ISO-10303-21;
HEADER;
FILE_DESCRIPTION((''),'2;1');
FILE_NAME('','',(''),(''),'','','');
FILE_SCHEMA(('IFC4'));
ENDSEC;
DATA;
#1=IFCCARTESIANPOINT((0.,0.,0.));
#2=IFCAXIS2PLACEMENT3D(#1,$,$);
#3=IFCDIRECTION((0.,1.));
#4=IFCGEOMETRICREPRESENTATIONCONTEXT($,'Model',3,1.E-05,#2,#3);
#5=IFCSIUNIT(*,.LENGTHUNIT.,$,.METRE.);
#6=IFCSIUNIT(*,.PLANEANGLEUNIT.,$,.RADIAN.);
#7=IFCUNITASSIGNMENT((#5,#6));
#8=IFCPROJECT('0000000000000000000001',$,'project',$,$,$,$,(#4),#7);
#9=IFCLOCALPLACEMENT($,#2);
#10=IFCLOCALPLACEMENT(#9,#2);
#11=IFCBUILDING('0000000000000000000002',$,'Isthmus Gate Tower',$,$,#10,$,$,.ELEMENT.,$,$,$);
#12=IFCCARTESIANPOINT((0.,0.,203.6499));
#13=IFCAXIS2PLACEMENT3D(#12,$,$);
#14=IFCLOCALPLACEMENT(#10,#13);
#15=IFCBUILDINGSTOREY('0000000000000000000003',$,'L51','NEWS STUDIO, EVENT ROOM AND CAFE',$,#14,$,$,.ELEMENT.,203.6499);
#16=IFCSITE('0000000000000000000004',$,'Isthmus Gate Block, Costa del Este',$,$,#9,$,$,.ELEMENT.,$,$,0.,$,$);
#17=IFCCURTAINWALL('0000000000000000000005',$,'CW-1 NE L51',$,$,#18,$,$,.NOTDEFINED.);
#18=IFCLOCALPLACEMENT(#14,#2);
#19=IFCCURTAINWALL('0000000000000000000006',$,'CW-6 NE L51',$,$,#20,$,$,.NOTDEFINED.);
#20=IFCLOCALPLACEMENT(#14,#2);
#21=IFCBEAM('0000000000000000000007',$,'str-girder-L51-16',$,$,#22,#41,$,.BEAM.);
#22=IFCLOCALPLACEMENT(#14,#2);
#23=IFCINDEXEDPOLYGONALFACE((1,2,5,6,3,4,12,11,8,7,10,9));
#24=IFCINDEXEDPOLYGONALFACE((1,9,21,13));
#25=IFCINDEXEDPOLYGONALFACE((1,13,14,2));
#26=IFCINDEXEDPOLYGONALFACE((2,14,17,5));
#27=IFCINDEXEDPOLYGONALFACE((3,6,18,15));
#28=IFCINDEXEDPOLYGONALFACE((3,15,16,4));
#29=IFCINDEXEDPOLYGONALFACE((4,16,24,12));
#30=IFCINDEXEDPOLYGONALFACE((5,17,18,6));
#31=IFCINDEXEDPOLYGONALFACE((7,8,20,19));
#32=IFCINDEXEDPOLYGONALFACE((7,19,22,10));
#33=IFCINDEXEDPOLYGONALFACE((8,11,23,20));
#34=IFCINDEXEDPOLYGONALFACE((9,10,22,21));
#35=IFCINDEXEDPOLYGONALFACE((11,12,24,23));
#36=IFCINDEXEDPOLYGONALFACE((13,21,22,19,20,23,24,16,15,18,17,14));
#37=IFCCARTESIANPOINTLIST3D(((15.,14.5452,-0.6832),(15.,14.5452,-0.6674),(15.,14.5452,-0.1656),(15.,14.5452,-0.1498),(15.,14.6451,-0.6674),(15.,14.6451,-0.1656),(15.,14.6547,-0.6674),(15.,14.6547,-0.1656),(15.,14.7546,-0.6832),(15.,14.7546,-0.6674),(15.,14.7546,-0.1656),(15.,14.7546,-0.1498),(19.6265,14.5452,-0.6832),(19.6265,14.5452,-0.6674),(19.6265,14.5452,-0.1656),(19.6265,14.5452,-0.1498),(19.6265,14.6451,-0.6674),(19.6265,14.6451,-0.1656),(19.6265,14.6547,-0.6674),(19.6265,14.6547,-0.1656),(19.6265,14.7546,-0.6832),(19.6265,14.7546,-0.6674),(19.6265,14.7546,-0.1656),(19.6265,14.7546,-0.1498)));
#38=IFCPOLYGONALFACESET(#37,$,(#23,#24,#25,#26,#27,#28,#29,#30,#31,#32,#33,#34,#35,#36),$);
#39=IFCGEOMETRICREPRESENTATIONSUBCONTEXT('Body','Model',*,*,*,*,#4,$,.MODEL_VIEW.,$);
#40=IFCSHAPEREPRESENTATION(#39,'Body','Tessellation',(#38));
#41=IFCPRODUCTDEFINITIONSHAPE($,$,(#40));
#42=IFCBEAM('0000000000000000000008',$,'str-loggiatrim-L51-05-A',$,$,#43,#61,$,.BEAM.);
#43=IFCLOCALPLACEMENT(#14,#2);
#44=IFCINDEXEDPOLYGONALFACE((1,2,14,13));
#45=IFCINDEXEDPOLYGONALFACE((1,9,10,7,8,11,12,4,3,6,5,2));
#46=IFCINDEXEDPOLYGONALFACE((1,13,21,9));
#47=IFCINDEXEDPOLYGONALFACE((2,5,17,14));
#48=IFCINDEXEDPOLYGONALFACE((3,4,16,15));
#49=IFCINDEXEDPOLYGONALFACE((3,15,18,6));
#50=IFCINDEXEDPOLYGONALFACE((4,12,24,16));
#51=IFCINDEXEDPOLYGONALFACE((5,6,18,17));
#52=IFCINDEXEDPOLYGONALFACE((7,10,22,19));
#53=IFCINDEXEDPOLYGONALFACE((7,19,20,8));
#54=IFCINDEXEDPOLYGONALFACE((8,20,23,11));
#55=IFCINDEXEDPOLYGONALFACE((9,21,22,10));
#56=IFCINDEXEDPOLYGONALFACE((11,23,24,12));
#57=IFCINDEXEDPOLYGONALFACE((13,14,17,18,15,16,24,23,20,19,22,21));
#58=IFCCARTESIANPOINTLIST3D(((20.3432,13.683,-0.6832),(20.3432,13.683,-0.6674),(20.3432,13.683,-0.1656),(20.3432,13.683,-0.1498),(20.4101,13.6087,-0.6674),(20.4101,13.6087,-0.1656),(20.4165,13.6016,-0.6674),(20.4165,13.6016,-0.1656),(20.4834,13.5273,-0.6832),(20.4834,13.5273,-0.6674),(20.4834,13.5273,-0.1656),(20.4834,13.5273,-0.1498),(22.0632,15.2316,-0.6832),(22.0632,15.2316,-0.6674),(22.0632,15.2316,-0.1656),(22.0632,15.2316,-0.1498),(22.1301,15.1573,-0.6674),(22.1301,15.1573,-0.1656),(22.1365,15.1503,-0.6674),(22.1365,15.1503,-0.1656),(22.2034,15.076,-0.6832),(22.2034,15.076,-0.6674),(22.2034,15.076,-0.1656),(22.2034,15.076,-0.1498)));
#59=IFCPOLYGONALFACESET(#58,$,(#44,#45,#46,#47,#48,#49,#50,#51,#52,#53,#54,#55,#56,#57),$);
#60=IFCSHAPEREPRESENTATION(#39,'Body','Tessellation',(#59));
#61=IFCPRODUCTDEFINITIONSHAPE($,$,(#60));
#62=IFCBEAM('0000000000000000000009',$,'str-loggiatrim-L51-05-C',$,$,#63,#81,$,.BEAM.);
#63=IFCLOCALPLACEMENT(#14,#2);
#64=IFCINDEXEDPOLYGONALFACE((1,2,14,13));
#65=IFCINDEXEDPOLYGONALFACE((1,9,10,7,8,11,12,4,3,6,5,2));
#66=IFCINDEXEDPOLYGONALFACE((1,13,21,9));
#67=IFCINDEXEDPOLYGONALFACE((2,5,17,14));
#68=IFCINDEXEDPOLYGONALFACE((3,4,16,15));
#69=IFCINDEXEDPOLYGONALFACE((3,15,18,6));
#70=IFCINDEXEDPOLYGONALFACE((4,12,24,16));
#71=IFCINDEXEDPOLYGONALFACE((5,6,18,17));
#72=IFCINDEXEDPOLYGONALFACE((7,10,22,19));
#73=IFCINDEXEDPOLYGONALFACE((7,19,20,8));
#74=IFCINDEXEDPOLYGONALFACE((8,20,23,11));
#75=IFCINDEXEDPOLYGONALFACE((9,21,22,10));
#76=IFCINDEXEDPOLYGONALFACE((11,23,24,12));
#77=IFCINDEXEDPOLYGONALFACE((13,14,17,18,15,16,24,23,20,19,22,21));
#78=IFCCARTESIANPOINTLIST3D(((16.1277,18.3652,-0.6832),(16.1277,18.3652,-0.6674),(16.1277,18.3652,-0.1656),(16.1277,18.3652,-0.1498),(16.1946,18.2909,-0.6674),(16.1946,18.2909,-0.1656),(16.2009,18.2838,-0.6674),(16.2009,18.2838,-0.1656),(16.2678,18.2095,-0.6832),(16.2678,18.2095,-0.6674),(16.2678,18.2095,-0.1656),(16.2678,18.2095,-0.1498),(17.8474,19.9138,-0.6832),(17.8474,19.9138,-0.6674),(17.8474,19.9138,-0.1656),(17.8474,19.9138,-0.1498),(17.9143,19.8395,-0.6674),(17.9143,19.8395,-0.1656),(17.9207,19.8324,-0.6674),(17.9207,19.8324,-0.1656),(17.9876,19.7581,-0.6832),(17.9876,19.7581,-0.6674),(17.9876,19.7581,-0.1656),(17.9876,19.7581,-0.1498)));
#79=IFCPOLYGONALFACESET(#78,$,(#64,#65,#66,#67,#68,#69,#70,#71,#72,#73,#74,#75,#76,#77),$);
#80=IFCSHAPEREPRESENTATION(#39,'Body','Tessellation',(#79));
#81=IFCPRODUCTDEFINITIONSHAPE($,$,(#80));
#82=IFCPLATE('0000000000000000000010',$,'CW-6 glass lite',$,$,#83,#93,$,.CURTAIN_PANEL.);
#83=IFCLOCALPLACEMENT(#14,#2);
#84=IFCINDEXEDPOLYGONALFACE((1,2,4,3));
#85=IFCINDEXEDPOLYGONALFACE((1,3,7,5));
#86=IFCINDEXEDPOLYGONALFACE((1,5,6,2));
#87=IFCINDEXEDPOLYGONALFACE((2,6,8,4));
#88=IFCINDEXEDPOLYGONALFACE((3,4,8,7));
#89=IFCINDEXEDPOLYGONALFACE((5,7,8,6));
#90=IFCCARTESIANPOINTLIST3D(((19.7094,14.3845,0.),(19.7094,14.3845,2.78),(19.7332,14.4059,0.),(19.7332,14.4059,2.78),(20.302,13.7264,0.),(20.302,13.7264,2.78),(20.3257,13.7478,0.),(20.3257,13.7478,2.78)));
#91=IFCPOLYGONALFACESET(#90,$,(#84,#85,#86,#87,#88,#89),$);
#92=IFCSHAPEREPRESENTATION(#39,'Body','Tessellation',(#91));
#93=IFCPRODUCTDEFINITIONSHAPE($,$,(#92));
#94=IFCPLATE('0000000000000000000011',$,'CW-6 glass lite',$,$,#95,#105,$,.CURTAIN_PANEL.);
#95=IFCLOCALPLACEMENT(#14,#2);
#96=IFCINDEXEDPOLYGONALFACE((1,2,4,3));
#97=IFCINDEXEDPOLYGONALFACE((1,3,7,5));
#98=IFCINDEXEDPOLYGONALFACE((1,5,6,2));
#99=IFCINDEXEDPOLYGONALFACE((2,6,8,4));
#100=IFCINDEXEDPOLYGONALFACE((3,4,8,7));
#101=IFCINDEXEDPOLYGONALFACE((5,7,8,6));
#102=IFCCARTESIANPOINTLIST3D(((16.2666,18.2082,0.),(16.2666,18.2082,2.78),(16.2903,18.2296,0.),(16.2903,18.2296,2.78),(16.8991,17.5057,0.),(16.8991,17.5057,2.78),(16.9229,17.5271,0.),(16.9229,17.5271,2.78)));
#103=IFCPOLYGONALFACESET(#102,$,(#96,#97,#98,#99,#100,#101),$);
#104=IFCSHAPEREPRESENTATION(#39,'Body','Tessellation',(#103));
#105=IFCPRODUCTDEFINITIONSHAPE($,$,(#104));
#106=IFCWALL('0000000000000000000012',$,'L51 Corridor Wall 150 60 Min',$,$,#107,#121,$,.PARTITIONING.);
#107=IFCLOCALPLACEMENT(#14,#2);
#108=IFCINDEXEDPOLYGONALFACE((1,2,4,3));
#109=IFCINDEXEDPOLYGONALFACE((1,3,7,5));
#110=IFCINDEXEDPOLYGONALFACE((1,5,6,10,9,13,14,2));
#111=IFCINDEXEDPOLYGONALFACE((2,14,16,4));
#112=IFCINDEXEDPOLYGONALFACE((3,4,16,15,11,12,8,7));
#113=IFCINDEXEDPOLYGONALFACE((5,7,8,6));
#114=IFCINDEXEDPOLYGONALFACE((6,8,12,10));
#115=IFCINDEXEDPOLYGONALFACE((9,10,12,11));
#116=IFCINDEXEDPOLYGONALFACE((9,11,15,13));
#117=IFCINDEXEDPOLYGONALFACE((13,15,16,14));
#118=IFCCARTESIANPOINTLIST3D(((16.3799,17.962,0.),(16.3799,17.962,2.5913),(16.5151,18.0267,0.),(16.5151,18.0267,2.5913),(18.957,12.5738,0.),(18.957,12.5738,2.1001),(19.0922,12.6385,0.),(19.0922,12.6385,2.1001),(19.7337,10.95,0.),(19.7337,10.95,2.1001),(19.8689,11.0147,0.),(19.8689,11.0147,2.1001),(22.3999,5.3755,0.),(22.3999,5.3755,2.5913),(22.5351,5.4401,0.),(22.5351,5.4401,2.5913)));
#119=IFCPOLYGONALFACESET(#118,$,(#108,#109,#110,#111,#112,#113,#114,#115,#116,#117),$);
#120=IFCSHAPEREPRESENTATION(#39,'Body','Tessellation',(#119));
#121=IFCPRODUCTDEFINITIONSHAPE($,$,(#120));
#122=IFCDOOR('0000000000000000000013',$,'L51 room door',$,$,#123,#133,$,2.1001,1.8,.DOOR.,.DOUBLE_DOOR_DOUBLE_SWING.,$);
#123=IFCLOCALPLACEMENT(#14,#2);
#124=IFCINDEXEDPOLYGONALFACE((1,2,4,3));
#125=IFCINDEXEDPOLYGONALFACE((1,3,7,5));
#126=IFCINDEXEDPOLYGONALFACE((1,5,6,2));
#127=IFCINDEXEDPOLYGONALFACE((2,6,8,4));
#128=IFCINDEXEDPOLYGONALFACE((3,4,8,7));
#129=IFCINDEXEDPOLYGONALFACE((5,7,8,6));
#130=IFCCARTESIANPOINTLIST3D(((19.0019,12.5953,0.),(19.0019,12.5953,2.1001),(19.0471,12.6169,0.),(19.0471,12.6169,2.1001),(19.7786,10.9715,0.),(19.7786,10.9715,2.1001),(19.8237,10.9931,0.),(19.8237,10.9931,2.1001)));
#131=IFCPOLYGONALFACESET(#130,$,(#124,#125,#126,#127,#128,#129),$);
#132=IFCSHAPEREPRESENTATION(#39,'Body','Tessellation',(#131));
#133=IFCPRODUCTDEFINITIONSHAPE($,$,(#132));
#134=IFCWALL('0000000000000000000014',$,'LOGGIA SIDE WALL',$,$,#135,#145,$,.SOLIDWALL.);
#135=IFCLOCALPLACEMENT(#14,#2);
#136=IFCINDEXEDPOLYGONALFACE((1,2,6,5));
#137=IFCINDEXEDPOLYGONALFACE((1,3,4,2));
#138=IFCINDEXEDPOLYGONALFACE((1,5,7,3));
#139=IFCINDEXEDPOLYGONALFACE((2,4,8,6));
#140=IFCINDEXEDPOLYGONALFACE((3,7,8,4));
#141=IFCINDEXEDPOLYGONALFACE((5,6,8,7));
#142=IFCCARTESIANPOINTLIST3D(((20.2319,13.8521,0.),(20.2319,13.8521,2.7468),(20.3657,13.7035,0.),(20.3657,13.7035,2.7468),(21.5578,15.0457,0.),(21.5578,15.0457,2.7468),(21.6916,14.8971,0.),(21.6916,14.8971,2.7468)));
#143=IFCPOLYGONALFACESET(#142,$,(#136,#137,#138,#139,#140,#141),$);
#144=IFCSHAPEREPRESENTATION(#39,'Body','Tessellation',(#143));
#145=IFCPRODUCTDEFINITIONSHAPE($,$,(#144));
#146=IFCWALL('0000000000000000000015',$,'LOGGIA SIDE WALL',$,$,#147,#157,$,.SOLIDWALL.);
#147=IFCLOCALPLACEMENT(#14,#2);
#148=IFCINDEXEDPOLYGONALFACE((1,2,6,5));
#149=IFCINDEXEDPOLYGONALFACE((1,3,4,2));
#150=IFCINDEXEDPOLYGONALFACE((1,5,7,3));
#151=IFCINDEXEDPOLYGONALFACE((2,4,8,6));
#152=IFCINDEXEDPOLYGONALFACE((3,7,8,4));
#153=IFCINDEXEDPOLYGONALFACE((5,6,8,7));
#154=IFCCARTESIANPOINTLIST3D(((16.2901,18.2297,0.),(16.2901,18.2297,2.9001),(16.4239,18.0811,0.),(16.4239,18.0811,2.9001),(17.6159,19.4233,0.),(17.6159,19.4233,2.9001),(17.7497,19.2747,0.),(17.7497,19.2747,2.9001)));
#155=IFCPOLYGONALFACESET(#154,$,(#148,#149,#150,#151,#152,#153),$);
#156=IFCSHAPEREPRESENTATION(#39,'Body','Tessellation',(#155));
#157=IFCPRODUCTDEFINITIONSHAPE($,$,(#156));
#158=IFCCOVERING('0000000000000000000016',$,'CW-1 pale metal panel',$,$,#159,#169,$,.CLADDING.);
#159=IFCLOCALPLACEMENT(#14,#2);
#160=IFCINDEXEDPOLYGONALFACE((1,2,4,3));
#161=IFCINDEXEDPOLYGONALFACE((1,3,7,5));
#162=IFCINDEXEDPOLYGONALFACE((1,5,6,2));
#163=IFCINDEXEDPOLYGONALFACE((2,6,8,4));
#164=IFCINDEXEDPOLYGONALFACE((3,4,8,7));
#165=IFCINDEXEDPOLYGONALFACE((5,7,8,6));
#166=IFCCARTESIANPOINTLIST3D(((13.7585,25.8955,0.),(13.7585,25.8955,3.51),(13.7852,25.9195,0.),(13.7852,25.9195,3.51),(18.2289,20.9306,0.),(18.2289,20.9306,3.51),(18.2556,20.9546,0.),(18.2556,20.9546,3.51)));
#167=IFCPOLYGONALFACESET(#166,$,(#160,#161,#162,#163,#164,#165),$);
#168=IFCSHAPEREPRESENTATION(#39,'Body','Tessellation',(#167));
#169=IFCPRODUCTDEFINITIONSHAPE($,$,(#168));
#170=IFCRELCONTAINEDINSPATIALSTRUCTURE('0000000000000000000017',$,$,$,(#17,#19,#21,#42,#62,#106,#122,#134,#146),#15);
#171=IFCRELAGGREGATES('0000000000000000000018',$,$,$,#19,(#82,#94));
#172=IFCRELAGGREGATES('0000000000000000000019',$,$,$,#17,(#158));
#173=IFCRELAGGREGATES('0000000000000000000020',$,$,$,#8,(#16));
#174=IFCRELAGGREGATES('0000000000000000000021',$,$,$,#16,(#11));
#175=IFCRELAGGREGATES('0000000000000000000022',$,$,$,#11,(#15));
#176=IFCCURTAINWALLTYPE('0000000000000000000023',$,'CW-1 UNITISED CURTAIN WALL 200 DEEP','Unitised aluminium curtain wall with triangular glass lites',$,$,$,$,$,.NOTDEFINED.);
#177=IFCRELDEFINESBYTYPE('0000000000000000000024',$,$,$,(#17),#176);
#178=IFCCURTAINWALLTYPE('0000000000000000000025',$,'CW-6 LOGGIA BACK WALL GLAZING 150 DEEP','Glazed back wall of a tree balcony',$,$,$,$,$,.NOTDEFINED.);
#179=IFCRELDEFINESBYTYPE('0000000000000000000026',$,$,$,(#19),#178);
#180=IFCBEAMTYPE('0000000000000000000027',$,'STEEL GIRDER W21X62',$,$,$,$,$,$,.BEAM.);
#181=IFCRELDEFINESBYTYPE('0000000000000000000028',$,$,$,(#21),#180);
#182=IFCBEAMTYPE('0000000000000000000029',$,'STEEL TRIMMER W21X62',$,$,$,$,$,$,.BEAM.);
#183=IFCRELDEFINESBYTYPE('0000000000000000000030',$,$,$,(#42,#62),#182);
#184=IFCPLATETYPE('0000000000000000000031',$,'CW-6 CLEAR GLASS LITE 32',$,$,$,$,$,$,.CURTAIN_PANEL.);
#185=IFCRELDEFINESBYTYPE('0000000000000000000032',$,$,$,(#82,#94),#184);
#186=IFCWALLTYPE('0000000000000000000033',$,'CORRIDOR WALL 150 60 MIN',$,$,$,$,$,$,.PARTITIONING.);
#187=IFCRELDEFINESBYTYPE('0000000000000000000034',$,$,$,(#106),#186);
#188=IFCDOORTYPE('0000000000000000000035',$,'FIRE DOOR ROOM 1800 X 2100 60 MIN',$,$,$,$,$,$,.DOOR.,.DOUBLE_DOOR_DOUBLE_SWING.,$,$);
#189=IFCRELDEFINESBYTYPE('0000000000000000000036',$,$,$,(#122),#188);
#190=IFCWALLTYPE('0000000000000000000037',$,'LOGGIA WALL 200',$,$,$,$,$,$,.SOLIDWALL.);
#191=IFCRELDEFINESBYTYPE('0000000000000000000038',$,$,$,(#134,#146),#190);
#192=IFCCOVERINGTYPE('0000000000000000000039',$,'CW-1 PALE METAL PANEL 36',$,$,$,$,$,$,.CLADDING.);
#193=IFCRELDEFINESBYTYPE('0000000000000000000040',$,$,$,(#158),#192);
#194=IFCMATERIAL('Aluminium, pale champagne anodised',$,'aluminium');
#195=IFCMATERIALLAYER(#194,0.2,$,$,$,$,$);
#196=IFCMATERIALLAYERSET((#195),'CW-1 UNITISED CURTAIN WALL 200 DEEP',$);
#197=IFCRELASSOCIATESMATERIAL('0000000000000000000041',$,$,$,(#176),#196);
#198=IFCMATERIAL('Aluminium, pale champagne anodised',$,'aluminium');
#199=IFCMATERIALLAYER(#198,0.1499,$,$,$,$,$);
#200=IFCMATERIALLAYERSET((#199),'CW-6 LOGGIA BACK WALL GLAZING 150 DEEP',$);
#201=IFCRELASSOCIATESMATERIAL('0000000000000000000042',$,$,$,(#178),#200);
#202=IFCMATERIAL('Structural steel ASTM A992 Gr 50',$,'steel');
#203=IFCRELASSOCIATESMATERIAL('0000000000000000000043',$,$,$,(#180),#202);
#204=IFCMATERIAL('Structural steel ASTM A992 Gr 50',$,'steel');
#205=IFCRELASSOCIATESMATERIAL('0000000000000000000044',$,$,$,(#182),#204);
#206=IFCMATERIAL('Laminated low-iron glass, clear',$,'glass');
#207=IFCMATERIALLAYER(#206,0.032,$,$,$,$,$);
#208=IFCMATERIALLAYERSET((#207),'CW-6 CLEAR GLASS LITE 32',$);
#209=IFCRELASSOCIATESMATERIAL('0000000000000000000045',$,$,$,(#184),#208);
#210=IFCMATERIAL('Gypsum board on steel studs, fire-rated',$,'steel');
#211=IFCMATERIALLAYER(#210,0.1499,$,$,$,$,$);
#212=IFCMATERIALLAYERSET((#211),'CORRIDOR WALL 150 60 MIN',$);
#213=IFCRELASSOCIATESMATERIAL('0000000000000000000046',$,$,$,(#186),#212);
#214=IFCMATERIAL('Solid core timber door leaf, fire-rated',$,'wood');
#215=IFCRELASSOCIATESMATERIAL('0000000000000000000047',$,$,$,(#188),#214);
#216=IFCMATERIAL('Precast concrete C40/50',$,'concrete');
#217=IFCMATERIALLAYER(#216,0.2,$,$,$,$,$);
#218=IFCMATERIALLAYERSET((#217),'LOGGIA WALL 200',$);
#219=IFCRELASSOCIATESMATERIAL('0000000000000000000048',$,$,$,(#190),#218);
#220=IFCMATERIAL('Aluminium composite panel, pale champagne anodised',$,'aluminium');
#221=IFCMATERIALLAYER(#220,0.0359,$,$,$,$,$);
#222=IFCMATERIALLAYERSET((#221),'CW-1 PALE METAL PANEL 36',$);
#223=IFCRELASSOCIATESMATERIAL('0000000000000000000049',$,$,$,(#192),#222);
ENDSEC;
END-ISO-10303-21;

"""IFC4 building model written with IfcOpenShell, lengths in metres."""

from ifc_helpers import new_model, si_unit, direction, frame, frame_2d, origin, origin_2d, place, context, subcontext, project, spatial, rectangle, i_section, extrude, material, layer, layer_set, material_profile, profile_set, type_object, element, fill, aggregate, save


model = new_model("IFC4")

# Units and contexts
model_context = context("Model", 3, precision=1e-05, world=origin(), true_north=direction((0.0, 1.0)))
body_context = subcontext(model_context, "Body", "Model", "MODEL_VIEW")
ifc_project = project(units=[si_unit("LENGTHUNIT", "METRE"), si_unit("PLANEANGLEUNIT", "RADIAN")], contexts=[model_context])

# Site, building, storey
site_placement = place(None, origin())
site = spatial("IfcSite", under=ifc_project, at=site_placement, Name="Isthmus Gate Block, Costa del Este", CompositionType="ELEMENT", RefElevation=0.0)
building_placement = place(site_placement, origin())
building = spatial("IfcBuilding", under=site, at=building_placement, Name="Isthmus Gate Tower", CompositionType="ELEMENT")
storey_placement = place(building_placement, frame((0.0, 0.0, 203.6499)))
storey = spatial("IfcBuildingStorey", under=building, at=storey_placement, Name="L51", Description="NEWS STUDIO, EVENT ROOM AND CAFE", CompositionType="ELEMENT", Elevation=203.6499)

# Curtain walls
ifc_material_1 = material(Name="Aluminium, pale champagne anodised", Category="aluminium")
ifc_layer_1 = layer(ifc_material_1, 0.2)
ifc_layer_set_1 = layer_set([ifc_layer_1], Name="CW-1 UNITISED CURTAIN WALL 200 DEEP")
curtain_wall_type_1 = type_object("IfcCurtainWallType", Name="CW-1 UNITISED CURTAIN WALL 200 DEEP", Description="Unitised aluminium curtain wall with triangular glass lites", PredefinedType="NOTDEFINED", material=ifc_layer_set_1)
curtain_wall_1_placement = place(storey_placement, origin())
curtain_wall_1 = element("IfcCurtainWall", 1, at=curtain_wall_1_placement, inside=storey, type_object=curtain_wall_type_1, Name="CW-1 NE L51", PredefinedType="NOTDEFINED")
ifc_material_2 = material(Name="Aluminium, pale champagne anodised", Category="aluminium")
ifc_layer_2 = layer(ifc_material_2, 0.1499)
ifc_layer_set_2 = layer_set([ifc_layer_2], Name="CW-6 LOGGIA BACK WALL GLAZING 150 DEEP")
curtain_wall_type_2 = type_object("IfcCurtainWallType", Name="CW-6 LOGGIA BACK WALL GLAZING 150 DEEP", Description="Glazed back wall of a tree balcony", PredefinedType="NOTDEFINED", material=ifc_layer_set_2)
curtain_wall_2_placement = place(storey_placement, origin())
curtain_wall_2 = element("IfcCurtainWall", 2, at=curtain_wall_2_placement, inside=storey, type_object=curtain_wall_type_2, Name="CW-6 NE L51", PredefinedType="NOTDEFINED")

# Beams
ifc_material_3 = material(Name="Structural steel ASTM A992 Gr 50", Category="steel")
ifc_material_profile_1 = material_profile(ifc_material_3, i_section(OverallWidth=0.2095, OverallDepth=0.5334, WebThickness=0.0095, FlangeThickness=0.0159, at=origin_2d()), Name="W21X62")
ifc_profile_set_1 = profile_set([ifc_material_profile_1], Name="Structural steel ASTM A992 Gr 50")
beam_type_1 = type_object("IfcBeamType", Name="STEEL GIRDER W21X62", PredefinedType="BEAM", material=ifc_profile_set_1)
beam_1_placement = place(storey_placement, frame((15.0, 14.6499, -0.4165), z_axis=(1.0, 0.0, 0.0), x_axis=(0.0, 1.0, 0.0)))
element("IfcBeam", 3, at=beam_1_placement, inside=storey, type_object=beam_type_1, Name="str-girder-L51-16", PredefinedType="BEAM", context=body_context, shape_type="SweptSolid", body=[
    extrude(i_section(OverallWidth=0.2095, OverallDepth=0.5334, WebThickness=0.0095, FlangeThickness=0.0159, at=origin_2d()), origin(), (0.0, 0.0, 1.0), 4.6265),
])
ifc_material_4 = material(Name="Structural steel ASTM A992 Gr 50", Category="steel")
ifc_material_profile_2 = material_profile(ifc_material_4, i_section(OverallWidth=0.2095, OverallDepth=0.5334, WebThickness=0.0095, FlangeThickness=0.0159, at=origin_2d()), Name="W21X62")
ifc_profile_set_2 = profile_set([ifc_material_profile_2], Name="Structural steel ASTM A992 Gr 50")
beam_type_2 = type_object("IfcBeamType", Name="STEEL TRIMMER W21X62", PredefinedType="BEAM", material=ifc_profile_set_2)
beam_2_placement = place(storey_placement, frame((22.1333, 15.1538, -0.4165), z_axis=(-0.743163, -0.66911, 0.0), x_axis=(0.66911, -0.743163, 0.0)))
element("IfcBeam", 4, at=beam_2_placement, inside=storey, type_object=beam_type_2, Name="str-loggiatrim-L51-05-A", PredefinedType="BEAM", context=body_context, shape_type="SweptSolid", body=[
    extrude(i_section(OverallWidth=0.2095, OverallDepth=0.5334, WebThickness=0.0095, FlangeThickness=0.0159, at=origin_2d()), origin(), (0.0, 0.0, 1.0), 2.3145),
])
beam_3_placement = place(storey_placement, frame((17.9175, 19.8359, -0.4165), z_axis=(-0.743116, -0.669163, 0.0), x_axis=(0.669163, -0.743116, 0.0)))
element("IfcBeam", 5, at=beam_3_placement, inside=storey, type_object=beam_type_2, Name="str-loggiatrim-L51-05-C", PredefinedType="BEAM", context=body_context, shape_type="SweptSolid", body=[
    extrude(i_section(OverallWidth=0.2095, OverallDepth=0.5334, WebThickness=0.0095, FlangeThickness=0.0159, at=origin_2d()), origin(), (0.0, 0.0, 1.0), 2.3142),
])

# Plates
ifc_material_5 = material(Name="Laminated low-iron glass, clear", Category="glass")
ifc_layer_3 = layer(ifc_material_5, 0.032)
ifc_layer_set_3 = layer_set([ifc_layer_3], Name="CW-6 CLEAR GLASS LITE 32")
plate_type = type_object("IfcPlateType", Name="CW-6 CLEAR GLASS LITE 32", PredefinedType="CURTAIN_PANEL", material=ifc_layer_set_3)
plate_1_placement = place(storey_placement, frame((20.0176, 14.0662, 0.0), z_axis=(0.0, 0.0, 1.0), x_axis=(-0.669131, 0.743145, 0.0)))
plate_1 = element("IfcPlate", 6, at=plate_1_placement, type_object=plate_type, Name="CW-6 glass lite", PredefinedType="CURTAIN_PANEL", context=body_context, shape_type="SweptSolid", body=[
    extrude(rectangle(XDim=0.8855, YDim=0.032, at=origin_2d()), origin(), (0.0, 0.0, 1.0), 2.78),
])
plate_2_placement = place(storey_placement, frame((16.5947, 17.8677, 0.0), z_axis=(0.0, 0.0, 1.0), x_axis=(-0.669131, 0.743145, 0.0)))
plate_2 = element("IfcPlate", 7, at=plate_2_placement, type_object=plate_type, Name="CW-6 glass lite", PredefinedType="CURTAIN_PANEL", context=body_context, shape_type="SweptSolid", body=[
    extrude(rectangle(XDim=0.9453, YDim=0.032, at=origin_2d()), origin(), (0.0, 0.0, 1.0), 2.78),
])
aggregate(curtain_wall_2, [plate_1, plate_2])

# Wall, opening, door
ifc_material_6 = material(Name="Gypsum board on steel studs, fire-rated", Category="steel")
ifc_layer_4 = layer(ifc_material_6, 0.1499)
ifc_layer_set_4 = layer_set([ifc_layer_4], Name="CORRIDOR WALL 150 60 MIN")
wall_type_1 = type_object("IfcWallType", Name="CORRIDOR WALL 150 60 MIN", PredefinedType="PARTITIONING", material=ifc_layer_set_4)
wall_1_placement = place(storey_placement, frame((16.4475, 17.9944, 0.0), z_axis=(0.0, 0.0, 1.0), x_axis=(0.431473, -0.902126, 0.0)))
wall_1 = element("IfcWall", 8, at=wall_1_placement, inside=storey, type_object=wall_type_1, Name="L51 Corridor Wall 150 60 Min", PredefinedType="PARTITIONING", context=body_context, shape_type="SweptSolid", body=[
    extrude(rectangle(XDim=13.9521, YDim=0.1499, at=frame_2d((6.9761, 0.0))), origin(), (0.0, 0.0, 1.0), 2.5913),
])
opening_1_placement = place(wall_1_placement, frame((5.9729, 0.0, 0.0)))
opening_1 = element("IfcOpeningElement", 9, at=opening_1_placement, cuts=wall_1, PredefinedType="OPENING", context=body_context, shape_type="SweptSolid", body=[
    extrude(rectangle(XDim=1.8, YDim=2.1001, at=frame_2d((0.8999, 1.05))), frame((0.0, 0.085, 0.0), z_axis=(0.0, -1.0, 0.0), x_axis=(1.0, 0.0, 0.0)), (0.0, 0.0, 1.0), 0.1699),
])
ifc_material_7 = material(Name="Solid core timber door leaf, fire-rated", Category="wood")
door_type_1 = type_object("IfcDoorType", Name="FIRE DOOR ROOM 1800 X 2100 60 MIN", OperationType="DOUBLE_DOOR_DOUBLE_SWING", PredefinedType="DOOR", material=ifc_material_7)
door_1_placement = place(opening_1_placement, origin())
door_1 = element("IfcDoor", 10, at=door_1_placement, inside=storey, type_object=door_type_1, Name="L51 room door", OperationType="DOUBLE_DOOR_DOUBLE_SWING", OverallHeight=2.1001, OverallWidth=1.8, PredefinedType="DOOR", context=body_context, shape_type="SweptSolid", body=[
    extrude(rectangle(XDim=1.8, YDim=2.1001, at=frame_2d((0.8999, 1.05))), frame((0.0, 0.0249, 0.0), z_axis=(0.0, -1.0, 0.0), x_axis=(1.0, 0.0, 0.0)), (0.0, 0.0, 1.0), 0.05),
])
fill(opening_1, door_1)
ifc_material_8 = material(Name="Precast concrete C40/50", Category="concrete")
ifc_layer_5 = layer(ifc_material_8, 0.2)
ifc_layer_set_5 = layer_set([ifc_layer_5], Name="LOGGIA WALL 200")
wall_type_2 = type_object("IfcWallType", Name="LOGGIA WALL 200", PredefinedType="SOLIDWALL", material=ifc_layer_set_5)

# Walls
wall_2_placement = place(storey_placement, frame((21.6248, 14.9714, 0.0), z_axis=(0.0, 0.0, 1.0), x_axis=(-0.743219, -0.669048, 0.0)))
element("IfcWall", 11, at=wall_2_placement, inside=storey, type_object=wall_type_2, Name="LOGGIA SIDE WALL", PredefinedType="SOLIDWALL", context=body_context, shape_type="SweptSolid", body=[
    extrude(rectangle(XDim=1.7839, YDim=0.2, at=frame_2d((0.8921, 0.0))), origin(), (0.0, 0.0, 1.0), 2.7468),
])
wall_3_placement = place(storey_placement, frame((17.6829, 19.3491, 0.0), z_axis=(0.0, 0.0, 1.0), x_axis=(-0.743158, -0.669116, 0.0)))
element("IfcWall", 12, at=wall_3_placement, inside=storey, type_object=wall_type_2, Name="LOGGIA SIDE WALL", PredefinedType="SOLIDWALL", context=body_context, shape_type="SweptSolid", body=[
    extrude(rectangle(XDim=1.7839, YDim=0.2, at=frame_2d((0.8921, 0.0))), origin(), (0.0, 0.0, 1.0), 2.9001),
])

# Covering
ifc_material_9 = material(Name="Aluminium composite panel, pale champagne anodised", Category="aluminium")
ifc_layer_6 = layer(ifc_material_9, 0.0359)
ifc_layer_set_6 = layer_set([ifc_layer_6], Name="CW-1 PALE METAL PANEL 36")
covering_type = type_object("IfcCoveringType", Name="CW-1 PALE METAL PANEL 36", PredefinedType="CLADDING", material=ifc_layer_set_6)
covering_placement = place(storey_placement, frame((16.0071, 23.425, 0.0), z_axis=(0.0, 0.0, 1.0), x_axis=(-0.669131, 0.743145, 0.0)))
covering = element("IfcCovering", 13, at=covering_placement, type_object=covering_type, Name="CW-1 pale metal panel", PredefinedType="CLADDING", context=body_context, shape_type="SweptSolid", body=[
    extrude(rectangle(XDim=6.6809, YDim=0.0359, at=origin_2d()), origin(), (0.0, 0.0, 1.0), 3.51),
])
aggregate(curtain_wall_1, [covering])

save(model, "model.ifc")
